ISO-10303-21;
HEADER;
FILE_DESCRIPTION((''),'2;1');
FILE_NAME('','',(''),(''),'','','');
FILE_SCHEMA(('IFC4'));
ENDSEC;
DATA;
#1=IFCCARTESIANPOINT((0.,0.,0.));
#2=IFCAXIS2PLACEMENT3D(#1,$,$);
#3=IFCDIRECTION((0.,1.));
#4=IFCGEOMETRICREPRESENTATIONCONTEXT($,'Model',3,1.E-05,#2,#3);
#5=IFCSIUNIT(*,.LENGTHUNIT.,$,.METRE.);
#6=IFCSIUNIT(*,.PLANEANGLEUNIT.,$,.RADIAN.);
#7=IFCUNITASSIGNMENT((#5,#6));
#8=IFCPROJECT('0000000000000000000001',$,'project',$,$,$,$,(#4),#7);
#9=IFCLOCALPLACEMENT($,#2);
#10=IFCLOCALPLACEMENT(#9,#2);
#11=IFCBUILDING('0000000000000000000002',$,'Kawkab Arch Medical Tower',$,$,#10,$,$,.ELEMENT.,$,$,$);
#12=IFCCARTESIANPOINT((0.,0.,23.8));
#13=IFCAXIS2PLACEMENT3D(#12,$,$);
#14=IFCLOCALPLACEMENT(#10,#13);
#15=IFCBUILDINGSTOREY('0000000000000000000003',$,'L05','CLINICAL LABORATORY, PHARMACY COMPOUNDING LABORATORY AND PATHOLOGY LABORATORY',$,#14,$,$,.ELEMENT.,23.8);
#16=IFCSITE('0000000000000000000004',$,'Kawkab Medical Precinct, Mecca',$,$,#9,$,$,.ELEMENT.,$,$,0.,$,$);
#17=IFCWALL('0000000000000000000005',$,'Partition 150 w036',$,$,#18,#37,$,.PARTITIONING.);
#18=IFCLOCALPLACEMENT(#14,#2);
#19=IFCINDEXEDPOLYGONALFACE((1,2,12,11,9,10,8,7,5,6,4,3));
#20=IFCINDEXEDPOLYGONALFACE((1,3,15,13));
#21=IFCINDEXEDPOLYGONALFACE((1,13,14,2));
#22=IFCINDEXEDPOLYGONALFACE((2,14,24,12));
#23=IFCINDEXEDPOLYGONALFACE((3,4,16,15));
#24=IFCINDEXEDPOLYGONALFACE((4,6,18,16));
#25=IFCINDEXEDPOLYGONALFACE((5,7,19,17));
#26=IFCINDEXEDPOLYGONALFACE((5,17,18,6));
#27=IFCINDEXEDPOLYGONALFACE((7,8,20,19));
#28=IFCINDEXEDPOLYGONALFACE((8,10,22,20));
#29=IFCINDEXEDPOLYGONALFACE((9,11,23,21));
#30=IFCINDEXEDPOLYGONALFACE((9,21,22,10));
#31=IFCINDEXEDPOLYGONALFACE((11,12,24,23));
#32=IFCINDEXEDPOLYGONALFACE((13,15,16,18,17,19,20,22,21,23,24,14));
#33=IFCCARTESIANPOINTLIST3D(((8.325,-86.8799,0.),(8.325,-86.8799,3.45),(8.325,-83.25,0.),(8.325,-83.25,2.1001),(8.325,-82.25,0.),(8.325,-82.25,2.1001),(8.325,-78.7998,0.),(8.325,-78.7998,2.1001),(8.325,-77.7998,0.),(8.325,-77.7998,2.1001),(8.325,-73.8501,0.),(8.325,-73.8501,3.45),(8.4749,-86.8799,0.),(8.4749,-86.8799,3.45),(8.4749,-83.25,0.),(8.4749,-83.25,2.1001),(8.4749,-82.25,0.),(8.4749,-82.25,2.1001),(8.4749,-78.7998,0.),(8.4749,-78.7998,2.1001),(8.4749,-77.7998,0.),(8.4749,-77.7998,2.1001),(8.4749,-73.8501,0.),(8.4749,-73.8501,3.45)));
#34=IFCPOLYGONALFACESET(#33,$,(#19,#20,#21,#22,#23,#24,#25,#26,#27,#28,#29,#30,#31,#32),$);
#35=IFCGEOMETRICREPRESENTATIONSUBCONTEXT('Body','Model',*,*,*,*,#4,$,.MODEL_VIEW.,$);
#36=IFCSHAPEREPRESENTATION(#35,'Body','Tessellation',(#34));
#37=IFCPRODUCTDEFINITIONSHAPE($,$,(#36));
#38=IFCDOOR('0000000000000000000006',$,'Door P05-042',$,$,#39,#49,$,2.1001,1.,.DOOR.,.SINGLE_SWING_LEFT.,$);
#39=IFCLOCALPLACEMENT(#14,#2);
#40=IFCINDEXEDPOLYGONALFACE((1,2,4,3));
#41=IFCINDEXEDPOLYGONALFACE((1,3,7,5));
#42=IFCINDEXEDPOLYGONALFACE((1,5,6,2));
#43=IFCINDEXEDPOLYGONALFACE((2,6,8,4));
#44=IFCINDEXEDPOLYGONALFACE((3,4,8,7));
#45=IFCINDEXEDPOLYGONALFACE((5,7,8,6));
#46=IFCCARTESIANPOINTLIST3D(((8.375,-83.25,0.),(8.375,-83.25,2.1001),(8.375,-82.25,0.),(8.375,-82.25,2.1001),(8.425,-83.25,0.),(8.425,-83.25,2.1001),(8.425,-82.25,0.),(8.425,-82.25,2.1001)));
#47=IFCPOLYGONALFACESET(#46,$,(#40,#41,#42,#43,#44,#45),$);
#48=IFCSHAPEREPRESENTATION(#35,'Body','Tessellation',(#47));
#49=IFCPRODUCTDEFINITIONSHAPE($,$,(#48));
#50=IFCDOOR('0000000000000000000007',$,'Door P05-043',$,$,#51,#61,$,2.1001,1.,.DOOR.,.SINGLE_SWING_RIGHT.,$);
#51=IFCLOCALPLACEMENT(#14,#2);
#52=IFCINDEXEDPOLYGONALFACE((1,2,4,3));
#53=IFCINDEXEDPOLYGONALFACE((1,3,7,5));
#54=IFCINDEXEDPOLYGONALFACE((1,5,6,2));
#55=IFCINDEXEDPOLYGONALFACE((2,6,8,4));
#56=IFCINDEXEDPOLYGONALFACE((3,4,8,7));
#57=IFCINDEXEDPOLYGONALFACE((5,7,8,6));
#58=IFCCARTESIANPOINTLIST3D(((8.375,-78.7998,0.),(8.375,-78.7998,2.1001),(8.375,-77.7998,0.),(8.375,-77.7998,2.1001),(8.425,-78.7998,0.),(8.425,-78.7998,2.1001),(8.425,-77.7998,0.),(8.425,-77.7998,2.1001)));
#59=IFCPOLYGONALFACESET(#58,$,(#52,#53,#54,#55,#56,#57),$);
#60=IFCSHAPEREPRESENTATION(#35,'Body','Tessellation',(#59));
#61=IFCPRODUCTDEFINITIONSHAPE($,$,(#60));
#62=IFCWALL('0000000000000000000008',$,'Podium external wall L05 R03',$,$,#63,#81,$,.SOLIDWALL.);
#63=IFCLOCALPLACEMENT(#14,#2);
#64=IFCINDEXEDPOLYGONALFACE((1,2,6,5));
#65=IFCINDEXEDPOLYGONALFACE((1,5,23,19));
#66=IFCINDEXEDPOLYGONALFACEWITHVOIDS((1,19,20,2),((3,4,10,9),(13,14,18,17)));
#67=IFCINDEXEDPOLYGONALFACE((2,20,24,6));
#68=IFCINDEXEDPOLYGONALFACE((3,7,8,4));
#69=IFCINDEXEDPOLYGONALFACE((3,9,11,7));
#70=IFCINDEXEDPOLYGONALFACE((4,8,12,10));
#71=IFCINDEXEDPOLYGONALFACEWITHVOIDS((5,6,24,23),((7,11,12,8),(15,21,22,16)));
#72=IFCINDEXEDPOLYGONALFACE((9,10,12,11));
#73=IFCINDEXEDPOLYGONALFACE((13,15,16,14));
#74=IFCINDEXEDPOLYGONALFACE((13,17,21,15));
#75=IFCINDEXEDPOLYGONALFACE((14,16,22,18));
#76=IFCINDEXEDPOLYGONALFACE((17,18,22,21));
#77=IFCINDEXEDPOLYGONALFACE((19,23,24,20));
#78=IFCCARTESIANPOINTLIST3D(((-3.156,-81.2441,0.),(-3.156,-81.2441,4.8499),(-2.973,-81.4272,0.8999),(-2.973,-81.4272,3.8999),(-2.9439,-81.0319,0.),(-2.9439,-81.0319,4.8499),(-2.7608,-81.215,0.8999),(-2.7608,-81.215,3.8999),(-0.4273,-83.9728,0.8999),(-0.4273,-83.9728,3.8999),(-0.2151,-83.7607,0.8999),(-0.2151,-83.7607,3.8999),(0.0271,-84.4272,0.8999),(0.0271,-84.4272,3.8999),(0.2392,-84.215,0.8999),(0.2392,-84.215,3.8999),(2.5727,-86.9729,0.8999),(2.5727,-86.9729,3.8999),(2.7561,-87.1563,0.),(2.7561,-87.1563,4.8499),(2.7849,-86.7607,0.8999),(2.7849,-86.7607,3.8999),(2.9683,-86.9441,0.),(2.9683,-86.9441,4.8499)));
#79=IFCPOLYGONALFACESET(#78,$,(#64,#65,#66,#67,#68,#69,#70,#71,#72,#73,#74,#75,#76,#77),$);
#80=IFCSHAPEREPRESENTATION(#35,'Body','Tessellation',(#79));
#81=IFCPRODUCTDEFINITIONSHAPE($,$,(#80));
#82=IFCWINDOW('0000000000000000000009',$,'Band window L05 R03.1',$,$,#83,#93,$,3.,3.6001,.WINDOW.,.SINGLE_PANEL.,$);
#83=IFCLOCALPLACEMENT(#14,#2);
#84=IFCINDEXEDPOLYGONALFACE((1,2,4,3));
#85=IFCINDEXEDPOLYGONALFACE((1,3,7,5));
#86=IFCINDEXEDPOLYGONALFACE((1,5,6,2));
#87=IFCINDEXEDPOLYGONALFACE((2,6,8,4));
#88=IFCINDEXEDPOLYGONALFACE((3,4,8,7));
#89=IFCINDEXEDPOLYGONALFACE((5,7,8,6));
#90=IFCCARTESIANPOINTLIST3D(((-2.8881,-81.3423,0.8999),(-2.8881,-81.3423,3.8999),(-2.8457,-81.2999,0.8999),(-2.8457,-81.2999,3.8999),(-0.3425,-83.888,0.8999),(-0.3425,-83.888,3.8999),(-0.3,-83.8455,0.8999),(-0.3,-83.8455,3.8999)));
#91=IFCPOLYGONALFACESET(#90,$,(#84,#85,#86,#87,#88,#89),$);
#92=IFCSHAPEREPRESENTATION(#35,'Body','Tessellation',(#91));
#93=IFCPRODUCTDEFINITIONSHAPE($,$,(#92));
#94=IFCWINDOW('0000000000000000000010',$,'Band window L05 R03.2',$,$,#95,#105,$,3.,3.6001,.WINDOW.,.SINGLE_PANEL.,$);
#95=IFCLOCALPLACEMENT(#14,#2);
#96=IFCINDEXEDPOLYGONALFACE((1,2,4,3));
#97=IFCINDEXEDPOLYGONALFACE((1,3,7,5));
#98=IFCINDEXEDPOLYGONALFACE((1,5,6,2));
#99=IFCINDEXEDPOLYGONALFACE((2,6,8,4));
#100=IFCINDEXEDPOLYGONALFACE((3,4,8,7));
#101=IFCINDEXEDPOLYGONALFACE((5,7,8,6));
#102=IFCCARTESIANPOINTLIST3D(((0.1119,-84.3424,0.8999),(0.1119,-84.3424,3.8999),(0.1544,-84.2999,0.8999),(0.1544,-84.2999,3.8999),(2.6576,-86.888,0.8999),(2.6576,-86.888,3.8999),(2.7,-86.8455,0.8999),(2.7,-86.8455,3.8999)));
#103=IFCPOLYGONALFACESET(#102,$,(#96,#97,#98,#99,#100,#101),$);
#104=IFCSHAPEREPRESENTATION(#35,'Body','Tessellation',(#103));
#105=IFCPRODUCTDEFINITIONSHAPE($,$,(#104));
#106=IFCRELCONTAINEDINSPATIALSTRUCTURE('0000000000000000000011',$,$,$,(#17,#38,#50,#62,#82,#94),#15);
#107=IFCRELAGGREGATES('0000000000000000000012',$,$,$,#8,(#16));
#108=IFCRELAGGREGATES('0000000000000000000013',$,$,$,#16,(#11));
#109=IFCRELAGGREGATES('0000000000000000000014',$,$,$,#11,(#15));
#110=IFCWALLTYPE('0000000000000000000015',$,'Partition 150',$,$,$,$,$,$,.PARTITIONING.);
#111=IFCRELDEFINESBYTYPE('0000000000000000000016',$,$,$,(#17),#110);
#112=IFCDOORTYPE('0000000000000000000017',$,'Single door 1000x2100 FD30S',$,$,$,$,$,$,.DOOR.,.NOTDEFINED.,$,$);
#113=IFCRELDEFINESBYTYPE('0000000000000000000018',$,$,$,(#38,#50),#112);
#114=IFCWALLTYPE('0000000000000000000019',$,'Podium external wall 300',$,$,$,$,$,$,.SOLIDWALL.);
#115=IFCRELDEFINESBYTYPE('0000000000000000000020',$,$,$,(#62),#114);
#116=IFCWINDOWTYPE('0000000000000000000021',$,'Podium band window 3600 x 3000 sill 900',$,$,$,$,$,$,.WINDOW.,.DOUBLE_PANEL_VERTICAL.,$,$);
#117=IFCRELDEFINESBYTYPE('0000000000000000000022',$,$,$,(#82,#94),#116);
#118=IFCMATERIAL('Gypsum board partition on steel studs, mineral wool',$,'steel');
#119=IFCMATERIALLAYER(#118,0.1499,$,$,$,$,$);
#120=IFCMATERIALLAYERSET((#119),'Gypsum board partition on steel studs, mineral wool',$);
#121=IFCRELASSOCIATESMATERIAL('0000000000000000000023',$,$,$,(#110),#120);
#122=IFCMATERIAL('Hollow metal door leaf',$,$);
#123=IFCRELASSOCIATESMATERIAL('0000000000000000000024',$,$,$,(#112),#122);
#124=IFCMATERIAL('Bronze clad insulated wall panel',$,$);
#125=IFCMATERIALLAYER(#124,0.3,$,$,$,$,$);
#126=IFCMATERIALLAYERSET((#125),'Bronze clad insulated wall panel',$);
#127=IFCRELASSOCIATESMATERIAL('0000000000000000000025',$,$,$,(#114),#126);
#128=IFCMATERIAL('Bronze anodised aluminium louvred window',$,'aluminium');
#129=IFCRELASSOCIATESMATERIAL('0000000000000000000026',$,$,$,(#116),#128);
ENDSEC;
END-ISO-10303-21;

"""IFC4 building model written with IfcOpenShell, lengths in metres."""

from ifc_helpers import new_model, si_unit, direction, frame, frame_2d, origin, place, context, subcontext, project, spatial, rectangle, extrude, material, layer, layer_set, type_object, element, fill, save


model = new_model("IFC4")

# Units and contexts
model_context = context("Model", 3, precision=1e-05, world=origin(), true_north=direction((0.0, 1.0)))
body_context = subcontext(model_context, "Body", "Model", "MODEL_VIEW")
ifc_project = project(units=[si_unit("LENGTHUNIT", "METRE"), si_unit("PLANEANGLEUNIT", "RADIAN")], contexts=[model_context])

# Site, building, storey
site_placement = place(None, origin())
site = spatial("IfcSite", under=ifc_project, at=site_placement, Name="Kawkab Medical Precinct, Mecca", CompositionType="ELEMENT", RefElevation=0.0)
building_placement = place(site_placement, origin())
building = spatial("IfcBuilding", under=site, at=building_placement, Name="Kawkab Arch Medical Tower", CompositionType="ELEMENT")
storey_placement = place(building_placement, frame((0.0, 0.0, 23.8)))
storey = spatial("IfcBuildingStorey", under=building, at=storey_placement, Name="L05", Description="CLINICAL LABORATORY, PHARMACY COMPOUNDING LABORATORY AND PATHOLOGY LABORATORY", CompositionType="ELEMENT", Elevation=23.8)

# Wall, openings, doors
ifc_material_1 = material(Name="Gypsum board partition on steel studs, mineral wool", Category="steel")
ifc_layer_1 = layer(ifc_material_1, 0.1499)
ifc_layer_set_1 = layer_set([ifc_layer_1], Name="Gypsum board partition on steel studs, mineral wool")
wall_type_1 = type_object("IfcWallType", Name="Partition 150", PredefinedType="PARTITIONING", material=ifc_layer_set_1)
wall_1_placement = place(storey_placement, frame((8.3999, -86.8799, 0.0), z_axis=(0.0, 0.0, 1.0), x_axis=(0.0, 1.0, 0.0)))
wall_1 = element("IfcWall", 1, at=wall_1_placement, inside=storey, type_object=wall_type_1, Name="Partition 150 w036", PredefinedType="PARTITIONING", context=body_context, shape_type="SweptSolid", body=[
    extrude(rectangle(XDim=13.0298, YDim=0.1499, at=frame_2d((6.5149, 0.0))), origin(), (0.0, 0.0, 1.0), 3.45),
])
opening_1_placement = place(wall_1_placement, frame((3.6299, 0.0, 0.0)))
opening_1 = element("IfcOpeningElement", 2, at=opening_1_placement, cuts=wall_1, PredefinedType="OPENING", context=body_context, shape_type="SweptSolid", body=[
    extrude(rectangle(XDim=1.0, YDim=2.1001, at=frame_2d((0.5, 1.05))), frame((0.0, 0.085, 0.0), z_axis=(0.0, -1.0, 0.0), x_axis=(1.0, 0.0, 0.0)), (0.0, 0.0, 1.0), 0.1699),
])
opening_2_placement = place(wall_1_placement, frame((8.0801, 0.0, 0.0)))
opening_2 = element("IfcOpeningElement", 3, at=opening_2_placement, cuts=wall_1, PredefinedType="OPENING", context=body_context, shape_type="SweptSolid", body=[
    extrude(rectangle(XDim=1.0, YDim=2.1001, at=frame_2d((0.5, 1.05))), frame((0.0, 0.085, 0.0), z_axis=(0.0, -1.0, 0.0), x_axis=(1.0, 0.0, 0.0)), (0.0, 0.0, 1.0), 0.1699),
])
ifc_material_2 = material(Name="Hollow metal door leaf")
door_type = type_object("IfcDoorType", Name="Single door 1000x2100 FD30S", OperationType="NOTDEFINED", PredefinedType="DOOR", material=ifc_material_2)
door_1_placement = place(opening_1_placement, origin())
door_1 = element("IfcDoor", 4, at=door_1_placement, inside=storey, type_object=door_type, Name="Door P05-042", OperationType="SINGLE_SWING_LEFT", OverallHeight=2.1001, OverallWidth=1.0, PredefinedType="DOOR", context=body_context, shape_type="SweptSolid", body=[
    extrude(rectangle(XDim=1.0, YDim=2.1001, at=frame_2d((0.5, 1.05))), frame((0.0, 0.0249, 0.0), z_axis=(0.0, -1.0, 0.0), x_axis=(1.0, 0.0, 0.0)), (0.0, 0.0, 1.0), 0.05),
])
fill(opening_1, door_1)
door_2_placement = place(opening_2_placement, origin())
door_2 = element("IfcDoor", 5, at=door_2_placement, inside=storey, type_object=door_type, Name="Door P05-043", OperationType="SINGLE_SWING_RIGHT", OverallHeight=2.1001, OverallWidth=1.0, PredefinedType="DOOR", context=body_context, shape_type="SweptSolid", body=[
    extrude(rectangle(XDim=1.0, YDim=2.1001, at=frame_2d((0.5, 1.05))), frame((0.0, 0.0249, 0.0), z_axis=(0.0, -1.0, 0.0), x_axis=(1.0, 0.0, 0.0)), (0.0, 0.0, 1.0), 0.05),
])
fill(opening_2, door_2)

# Wall, openings, windows
ifc_material_3 = material(Name="Bronze clad insulated wall panel")
ifc_layer_2 = layer(ifc_material_3, 0.3)
ifc_layer_set_2 = layer_set([ifc_layer_2], Name="Bronze clad insulated wall panel")
wall_type_2 = type_object("IfcWallType", Name="Podium external wall 300", PredefinedType="SOLIDWALL", material=ifc_layer_set_2)
wall_2_placement = place(storey_placement, frame((-3.05, -81.1379, 0.0), z_axis=(0.0, 0.0, 1.0), x_axis=(0.707107, -0.707107, 0.0)))
wall_2 = element("IfcWall", 6, at=wall_2_placement, inside=storey, type_object=wall_type_2, Name="Podium external wall L05 R03", PredefinedType="SOLIDWALL", context=body_context, shape_type="SweptSolid", body=[
    extrude(rectangle(XDim=8.3611, YDim=0.3, at=frame_2d((4.1807, 0.0))), origin(), (0.0, 0.0, 1.0), 4.8499),
])
opening_3_placement = place(wall_2_placement, frame((0.259, 0.0, 0.8999)))
opening_3 = element("IfcOpeningElement", 7, at=opening_3_placement, cuts=wall_2, PredefinedType="OPENING", context=body_context, shape_type="SweptSolid", body=[
    extrude(rectangle(XDim=3.6001, YDim=3.0, at=frame_2d((1.8, 1.5))), frame((0.0, 0.1599, 0.0), z_axis=(0.0, -1.0, 0.0), x_axis=(1.0, 0.0, 0.0)), (0.0, 0.0, 1.0), 0.3201),
])
opening_4_placement = place(wall_2_placement, frame((4.5017, 0.0, 0.8999)))
opening_4 = element("IfcOpeningElement", 8, at=opening_4_placement, cuts=wall_2, PredefinedType="OPENING", context=body_context, shape_type="SweptSolid", body=[
    extrude(rectangle(XDim=3.6001, YDim=3.0, at=frame_2d((1.8, 1.5))), frame((0.0, 0.1599, 0.0), z_axis=(0.0, -1.0, 0.0), x_axis=(1.0, 0.0, 0.0)), (0.0, 0.0, 1.0), 0.3201),
])
ifc_material_4 = material(Name="Bronze anodised aluminium louvred window", Category="aluminium")
window_type_1 = type_object("IfcWindowType", Name="Podium band window 3600 x 3000 sill 900", PartitioningType="DOUBLE_PANEL_VERTICAL", PredefinedType="WINDOW", material=ifc_material_4)
window_1_placement = place(opening_3_placement, origin())
window_1 = element("IfcWindow", 9, at=window_1_placement, inside=storey, type_object=window_type_1, Name="Band window L05 R03.1", OverallHeight=3.0, OverallWidth=3.6001, PartitioningType="SINGLE_PANEL", PredefinedType="WINDOW", context=body_context, shape_type="SweptSolid", body=[
    extrude(rectangle(XDim=3.6001, YDim=3.0, at=frame_2d((1.8, 1.5))), frame((0.0, 0.03, 0.0), z_axis=(0.0, -1.0, 0.0), x_axis=(1.0, 0.0, 0.0)), (0.0, 0.0, 1.0), 0.0601),
])
fill(opening_3, window_1)
window_2_placement = place(opening_4_placement, origin())
window_2 = element("IfcWindow", 10, at=window_2_placement, inside=storey, type_object=window_type_1, Name="Band window L05 R03.2", OverallHeight=3.0, OverallWidth=3.6001, PartitioningType="SINGLE_PANEL", PredefinedType="WINDOW", context=body_context, shape_type="SweptSolid", body=[
    extrude(rectangle(XDim=3.6001, YDim=3.0, at=frame_2d((1.8, 1.5))), frame((0.0, 0.03, 0.0), z_axis=(0.0, -1.0, 0.0), x_axis=(1.0, 0.0, 0.0)), (0.0, 0.0, 1.0), 0.0601),
])
fill(opening_4, window_2)

save(model, "model.ifc")
